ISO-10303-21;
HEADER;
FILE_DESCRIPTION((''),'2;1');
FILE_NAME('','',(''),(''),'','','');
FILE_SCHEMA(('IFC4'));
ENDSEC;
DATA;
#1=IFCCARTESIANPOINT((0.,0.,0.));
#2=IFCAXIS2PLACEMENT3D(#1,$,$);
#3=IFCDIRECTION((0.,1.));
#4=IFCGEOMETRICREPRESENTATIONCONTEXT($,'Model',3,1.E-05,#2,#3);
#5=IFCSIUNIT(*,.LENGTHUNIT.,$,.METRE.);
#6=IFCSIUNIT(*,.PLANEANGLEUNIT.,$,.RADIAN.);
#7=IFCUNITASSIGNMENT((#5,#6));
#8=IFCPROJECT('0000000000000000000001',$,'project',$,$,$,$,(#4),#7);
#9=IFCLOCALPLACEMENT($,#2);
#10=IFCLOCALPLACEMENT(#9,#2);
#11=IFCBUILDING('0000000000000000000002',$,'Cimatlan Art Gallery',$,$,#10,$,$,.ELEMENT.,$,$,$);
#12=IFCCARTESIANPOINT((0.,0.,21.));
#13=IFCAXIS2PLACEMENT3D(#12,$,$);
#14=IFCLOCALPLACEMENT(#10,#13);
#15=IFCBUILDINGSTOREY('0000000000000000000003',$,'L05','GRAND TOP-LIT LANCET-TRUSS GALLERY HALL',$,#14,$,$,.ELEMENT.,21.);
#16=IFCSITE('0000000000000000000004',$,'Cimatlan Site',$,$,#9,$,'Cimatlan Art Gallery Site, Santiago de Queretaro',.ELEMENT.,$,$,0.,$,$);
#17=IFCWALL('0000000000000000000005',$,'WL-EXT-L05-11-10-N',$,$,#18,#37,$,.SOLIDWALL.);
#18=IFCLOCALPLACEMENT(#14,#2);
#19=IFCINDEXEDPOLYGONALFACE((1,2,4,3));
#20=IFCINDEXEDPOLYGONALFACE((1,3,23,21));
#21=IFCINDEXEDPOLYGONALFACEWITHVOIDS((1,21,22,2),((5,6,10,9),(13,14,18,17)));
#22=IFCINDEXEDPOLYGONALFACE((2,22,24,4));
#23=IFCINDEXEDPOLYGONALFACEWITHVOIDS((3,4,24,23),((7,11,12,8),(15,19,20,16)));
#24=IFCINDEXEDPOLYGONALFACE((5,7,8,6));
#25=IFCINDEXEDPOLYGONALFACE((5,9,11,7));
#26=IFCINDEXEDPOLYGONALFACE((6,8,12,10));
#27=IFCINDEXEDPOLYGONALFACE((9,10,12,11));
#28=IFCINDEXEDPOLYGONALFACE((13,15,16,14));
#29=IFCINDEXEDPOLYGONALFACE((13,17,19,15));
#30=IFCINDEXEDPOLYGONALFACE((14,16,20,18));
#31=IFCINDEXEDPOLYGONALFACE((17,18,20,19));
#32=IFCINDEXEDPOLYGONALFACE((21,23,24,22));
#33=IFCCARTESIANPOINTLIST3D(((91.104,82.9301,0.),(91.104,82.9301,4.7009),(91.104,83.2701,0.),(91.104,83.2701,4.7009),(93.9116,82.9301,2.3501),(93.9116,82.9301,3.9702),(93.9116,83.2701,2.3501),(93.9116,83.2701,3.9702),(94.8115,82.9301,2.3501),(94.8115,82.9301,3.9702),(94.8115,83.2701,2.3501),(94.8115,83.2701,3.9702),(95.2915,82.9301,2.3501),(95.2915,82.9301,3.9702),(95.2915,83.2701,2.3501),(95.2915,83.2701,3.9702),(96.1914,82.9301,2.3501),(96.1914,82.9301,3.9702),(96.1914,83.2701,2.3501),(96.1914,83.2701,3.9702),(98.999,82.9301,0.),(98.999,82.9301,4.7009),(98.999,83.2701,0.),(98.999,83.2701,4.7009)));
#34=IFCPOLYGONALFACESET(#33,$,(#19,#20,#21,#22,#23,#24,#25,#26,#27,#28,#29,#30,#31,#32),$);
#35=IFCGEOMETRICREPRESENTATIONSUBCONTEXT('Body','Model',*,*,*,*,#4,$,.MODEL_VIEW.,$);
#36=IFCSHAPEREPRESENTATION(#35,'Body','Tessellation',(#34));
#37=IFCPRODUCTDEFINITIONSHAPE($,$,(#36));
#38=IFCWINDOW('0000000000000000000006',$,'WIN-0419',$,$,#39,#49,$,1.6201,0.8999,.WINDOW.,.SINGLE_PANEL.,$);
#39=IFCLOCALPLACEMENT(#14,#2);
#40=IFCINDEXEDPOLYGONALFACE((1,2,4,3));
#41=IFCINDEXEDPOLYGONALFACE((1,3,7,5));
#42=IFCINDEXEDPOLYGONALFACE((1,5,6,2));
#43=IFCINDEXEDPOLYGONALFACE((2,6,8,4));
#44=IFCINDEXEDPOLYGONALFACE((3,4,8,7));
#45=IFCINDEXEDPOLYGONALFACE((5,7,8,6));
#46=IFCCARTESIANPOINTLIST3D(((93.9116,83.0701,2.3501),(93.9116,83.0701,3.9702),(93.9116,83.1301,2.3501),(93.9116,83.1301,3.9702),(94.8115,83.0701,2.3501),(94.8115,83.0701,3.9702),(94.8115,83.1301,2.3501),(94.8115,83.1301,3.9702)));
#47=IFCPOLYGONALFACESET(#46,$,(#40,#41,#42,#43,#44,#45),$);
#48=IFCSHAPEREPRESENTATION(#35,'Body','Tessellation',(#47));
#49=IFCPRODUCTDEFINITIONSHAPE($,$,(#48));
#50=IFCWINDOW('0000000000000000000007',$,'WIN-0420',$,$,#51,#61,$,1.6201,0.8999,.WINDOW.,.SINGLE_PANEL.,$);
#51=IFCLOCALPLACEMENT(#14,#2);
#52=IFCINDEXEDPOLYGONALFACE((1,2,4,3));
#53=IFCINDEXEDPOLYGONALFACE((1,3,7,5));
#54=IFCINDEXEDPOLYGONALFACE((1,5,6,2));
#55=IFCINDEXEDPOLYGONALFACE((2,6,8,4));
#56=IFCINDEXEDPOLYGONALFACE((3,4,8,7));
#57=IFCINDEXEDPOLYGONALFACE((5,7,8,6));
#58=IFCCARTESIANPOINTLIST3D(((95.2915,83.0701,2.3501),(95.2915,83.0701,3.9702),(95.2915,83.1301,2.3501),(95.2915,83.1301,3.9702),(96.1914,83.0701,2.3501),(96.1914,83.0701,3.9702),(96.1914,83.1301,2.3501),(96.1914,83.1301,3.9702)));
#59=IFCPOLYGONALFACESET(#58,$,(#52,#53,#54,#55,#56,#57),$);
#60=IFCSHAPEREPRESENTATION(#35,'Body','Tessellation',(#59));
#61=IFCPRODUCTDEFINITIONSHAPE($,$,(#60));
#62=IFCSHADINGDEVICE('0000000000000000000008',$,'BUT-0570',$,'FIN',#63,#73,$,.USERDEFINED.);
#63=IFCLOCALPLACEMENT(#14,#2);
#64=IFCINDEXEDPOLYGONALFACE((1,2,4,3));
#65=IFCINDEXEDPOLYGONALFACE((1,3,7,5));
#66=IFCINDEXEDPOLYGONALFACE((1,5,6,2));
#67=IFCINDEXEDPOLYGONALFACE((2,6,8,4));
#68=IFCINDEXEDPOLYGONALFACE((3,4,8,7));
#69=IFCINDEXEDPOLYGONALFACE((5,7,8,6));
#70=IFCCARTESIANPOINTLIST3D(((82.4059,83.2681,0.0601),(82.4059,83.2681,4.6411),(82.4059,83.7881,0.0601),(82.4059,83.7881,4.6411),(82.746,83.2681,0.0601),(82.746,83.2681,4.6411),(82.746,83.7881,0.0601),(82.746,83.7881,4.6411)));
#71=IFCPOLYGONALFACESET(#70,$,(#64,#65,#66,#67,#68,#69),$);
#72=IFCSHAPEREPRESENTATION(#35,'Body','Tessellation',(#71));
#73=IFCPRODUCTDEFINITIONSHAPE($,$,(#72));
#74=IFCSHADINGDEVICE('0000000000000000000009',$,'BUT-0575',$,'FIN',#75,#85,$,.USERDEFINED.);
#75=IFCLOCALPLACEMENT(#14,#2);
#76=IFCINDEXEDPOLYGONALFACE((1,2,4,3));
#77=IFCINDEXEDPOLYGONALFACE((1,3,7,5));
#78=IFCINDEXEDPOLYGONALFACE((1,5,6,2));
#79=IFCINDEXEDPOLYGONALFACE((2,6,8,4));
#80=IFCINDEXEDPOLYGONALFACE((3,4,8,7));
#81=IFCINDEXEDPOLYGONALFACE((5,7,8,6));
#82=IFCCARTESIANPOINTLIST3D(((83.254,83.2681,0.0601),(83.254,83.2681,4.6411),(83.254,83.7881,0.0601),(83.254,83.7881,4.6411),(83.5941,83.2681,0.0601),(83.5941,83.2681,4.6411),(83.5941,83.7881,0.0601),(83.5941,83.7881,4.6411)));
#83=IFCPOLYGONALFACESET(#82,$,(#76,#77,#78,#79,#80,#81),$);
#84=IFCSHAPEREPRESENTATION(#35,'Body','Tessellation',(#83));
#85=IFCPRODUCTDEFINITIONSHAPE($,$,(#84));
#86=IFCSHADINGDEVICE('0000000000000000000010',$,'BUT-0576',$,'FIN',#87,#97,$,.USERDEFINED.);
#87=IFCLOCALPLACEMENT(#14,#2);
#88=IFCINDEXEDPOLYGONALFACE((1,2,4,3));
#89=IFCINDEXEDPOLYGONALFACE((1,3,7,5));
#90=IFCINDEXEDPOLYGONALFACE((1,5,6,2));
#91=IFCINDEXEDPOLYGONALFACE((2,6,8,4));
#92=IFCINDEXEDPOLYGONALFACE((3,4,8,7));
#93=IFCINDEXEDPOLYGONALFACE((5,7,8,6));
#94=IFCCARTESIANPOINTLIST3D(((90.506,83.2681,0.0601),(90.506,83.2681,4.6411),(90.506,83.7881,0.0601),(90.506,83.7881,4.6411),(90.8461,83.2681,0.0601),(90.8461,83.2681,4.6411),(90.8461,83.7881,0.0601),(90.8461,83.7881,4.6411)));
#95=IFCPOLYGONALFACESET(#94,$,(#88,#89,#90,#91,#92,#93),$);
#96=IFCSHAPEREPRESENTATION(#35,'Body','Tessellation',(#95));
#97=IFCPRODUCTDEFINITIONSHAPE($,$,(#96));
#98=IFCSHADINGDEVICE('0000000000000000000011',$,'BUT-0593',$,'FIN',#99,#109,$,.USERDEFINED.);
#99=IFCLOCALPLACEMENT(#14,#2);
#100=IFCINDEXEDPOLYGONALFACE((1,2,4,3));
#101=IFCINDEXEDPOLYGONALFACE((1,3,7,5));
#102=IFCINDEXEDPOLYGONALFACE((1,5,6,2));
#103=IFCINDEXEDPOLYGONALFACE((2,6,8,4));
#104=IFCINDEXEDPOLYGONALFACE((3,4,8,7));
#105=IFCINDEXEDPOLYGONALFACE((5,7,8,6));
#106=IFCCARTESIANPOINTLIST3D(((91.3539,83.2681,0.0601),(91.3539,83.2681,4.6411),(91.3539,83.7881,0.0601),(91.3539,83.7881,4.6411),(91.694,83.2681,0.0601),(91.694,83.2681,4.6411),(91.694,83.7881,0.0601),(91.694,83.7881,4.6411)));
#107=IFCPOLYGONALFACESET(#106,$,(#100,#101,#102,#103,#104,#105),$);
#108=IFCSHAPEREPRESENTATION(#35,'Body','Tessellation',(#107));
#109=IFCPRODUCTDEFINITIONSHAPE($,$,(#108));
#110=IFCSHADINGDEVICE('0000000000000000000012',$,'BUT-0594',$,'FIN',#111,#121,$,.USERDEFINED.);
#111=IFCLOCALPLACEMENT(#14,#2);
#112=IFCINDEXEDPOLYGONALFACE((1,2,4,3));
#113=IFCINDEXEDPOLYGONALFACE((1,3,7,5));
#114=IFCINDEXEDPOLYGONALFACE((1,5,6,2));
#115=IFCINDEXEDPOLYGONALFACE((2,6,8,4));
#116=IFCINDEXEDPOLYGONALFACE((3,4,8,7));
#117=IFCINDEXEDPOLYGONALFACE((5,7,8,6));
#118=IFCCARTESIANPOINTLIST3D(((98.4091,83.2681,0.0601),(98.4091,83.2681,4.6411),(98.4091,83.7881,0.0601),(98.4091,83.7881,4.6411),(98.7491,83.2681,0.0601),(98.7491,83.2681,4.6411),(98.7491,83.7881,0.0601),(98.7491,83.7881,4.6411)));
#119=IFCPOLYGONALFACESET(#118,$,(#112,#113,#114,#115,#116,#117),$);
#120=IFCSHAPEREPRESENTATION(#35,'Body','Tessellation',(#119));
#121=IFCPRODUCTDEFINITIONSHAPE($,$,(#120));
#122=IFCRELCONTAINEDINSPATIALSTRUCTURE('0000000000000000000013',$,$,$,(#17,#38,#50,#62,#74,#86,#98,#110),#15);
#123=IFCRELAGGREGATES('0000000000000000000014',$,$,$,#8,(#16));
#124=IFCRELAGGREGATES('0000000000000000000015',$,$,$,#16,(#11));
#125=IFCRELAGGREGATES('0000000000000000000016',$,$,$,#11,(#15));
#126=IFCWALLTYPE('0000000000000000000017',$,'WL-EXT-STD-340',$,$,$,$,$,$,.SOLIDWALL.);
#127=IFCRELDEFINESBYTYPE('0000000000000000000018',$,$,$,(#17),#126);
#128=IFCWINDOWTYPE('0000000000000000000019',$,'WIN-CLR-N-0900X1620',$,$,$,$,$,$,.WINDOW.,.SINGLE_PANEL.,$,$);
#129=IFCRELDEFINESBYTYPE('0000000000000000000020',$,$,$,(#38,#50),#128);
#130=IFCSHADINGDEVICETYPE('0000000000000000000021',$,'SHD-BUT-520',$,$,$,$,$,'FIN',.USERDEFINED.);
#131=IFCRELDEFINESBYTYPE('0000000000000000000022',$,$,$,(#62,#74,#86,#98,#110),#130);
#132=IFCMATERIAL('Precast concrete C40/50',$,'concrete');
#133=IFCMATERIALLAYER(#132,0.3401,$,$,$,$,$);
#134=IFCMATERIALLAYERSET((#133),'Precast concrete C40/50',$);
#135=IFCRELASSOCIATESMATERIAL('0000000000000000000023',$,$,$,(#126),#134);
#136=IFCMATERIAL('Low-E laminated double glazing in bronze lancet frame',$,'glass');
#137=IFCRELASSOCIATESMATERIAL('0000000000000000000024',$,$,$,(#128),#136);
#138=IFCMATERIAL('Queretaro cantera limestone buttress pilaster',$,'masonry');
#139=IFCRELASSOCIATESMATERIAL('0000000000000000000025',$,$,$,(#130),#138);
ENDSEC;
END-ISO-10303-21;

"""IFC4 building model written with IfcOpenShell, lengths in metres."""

from ifc_helpers import new_model, si_unit, direction, frame, frame_2d, origin, origin_2d, place, context, subcontext, project, spatial, rectangle, extrude, material, layer, layer_set, type_object, element, fill, save


model = new_model("IFC4")

# Units and contexts
model_context = context("Model", 3, precision=1e-05, world=origin(), true_north=direction((0.0, 1.0)))
body_context = subcontext(model_context, "Body", "Model", "MODEL_VIEW")
ifc_project = project(units=[si_unit("LENGTHUNIT", "METRE"), si_unit("PLANEANGLEUNIT", "RADIAN")], contexts=[model_context])

# Site, building, storey
site_placement = place(None, origin())
site = spatial("IfcSite", under=ifc_project, at=site_placement, Name="Cimatlan Site", LongName="Cimatlan Art Gallery Site, Santiago de Queretaro", CompositionType="ELEMENT", RefElevation=0.0)
building_placement = place(site_placement, origin())
building = spatial("IfcBuilding", under=site, at=building_placement, Name="Cimatlan Art Gallery", CompositionType="ELEMENT")
storey_placement = place(building_placement, frame((0.0, 0.0, 21.0)))
storey = spatial("IfcBuildingStorey", under=building, at=storey_placement, Name="L05", Description="GRAND TOP-LIT LANCET-TRUSS GALLERY HALL", CompositionType="ELEMENT", Elevation=21.0)

# Shared definitions
ifc_material_1 = material(Name="Precast concrete C40/50", Category="concrete")
ifc_layer_1 = layer(ifc_material_1, 0.3401)
ifc_layer_set_1 = layer_set([ifc_layer_1], Name="Precast concrete C40/50")
wall_type_1 = type_object("IfcWallType", Name="WL-EXT-STD-340", PredefinedType="SOLIDWALL", material=ifc_layer_set_1)
ifc_material_2 = material(Name="Low-E laminated double glazing in bronze lancet frame", Category="glass")
window_type_1 = type_object("IfcWindowType", Name="WIN-CLR-N-0900X1620", PartitioningType="SINGLE_PANEL", PredefinedType="WINDOW", material=ifc_material_2)

# Wall, openings, windows
wall_1_placement = place(storey_placement, frame((91.104, 83.1001, 0.0), z_axis=(0.0, 0.0, 1.0), x_axis=(1.0, 0.0, 0.0)))
wall_1 = element("IfcWall", 1, at=wall_1_placement, inside=storey, type_object=wall_type_1, Name="WL-EXT-L05-11-10-N", PredefinedType="SOLIDWALL", context=body_context, shape_type="SweptSolid", body=[
    extrude(rectangle(XDim=7.895, YDim=0.3401, at=frame_2d((3.9475, 0.0))), origin(), (0.0, 0.0, 1.0), 4.7009),
])
opening_1_placement = place(wall_1_placement, frame((2.8076, 0.0, 2.3501)))
opening_1 = element("IfcOpeningElement", 2, at=opening_1_placement, cuts=wall_1, PredefinedType="OPENING", context=body_context, shape_type="SweptSolid", body=[
    extrude(rectangle(XDim=0.8999, YDim=1.6201, at=frame_2d((0.45, 0.8101))), frame((0.0, 0.1802, 0.0), z_axis=(0.0, -1.0, 0.0), x_axis=(1.0, 0.0, 0.0)), (0.0, 0.0, 1.0), 0.3601),
])
opening_2_placement = place(wall_1_placement, frame((4.1875, 0.0, 2.3501)))
opening_2 = element("IfcOpeningElement", 3, at=opening_2_placement, cuts=wall_1, PredefinedType="OPENING", context=body_context, shape_type="SweptSolid", body=[
    extrude(rectangle(XDim=0.8999, YDim=1.6201, at=frame_2d((0.45, 0.8101))), frame((0.0, 0.1802, 0.0), z_axis=(0.0, -1.0, 0.0), x_axis=(1.0, 0.0, 0.0)), (0.0, 0.0, 1.0), 0.3601),
])
window_1_placement = place(opening_1_placement, origin())
window_1 = element("IfcWindow", 4, at=window_1_placement, inside=storey, type_object=window_type_1, Name="WIN-0419", OverallHeight=1.6201, OverallWidth=0.8999, PartitioningType="SINGLE_PANEL", PredefinedType="WINDOW", context=body_context, shape_type="SweptSolid", body=[
    extrude(rectangle(XDim=0.8999, YDim=1.6201, at=frame_2d((0.45, 0.8101))), frame((0.0, 0.03, 0.0), z_axis=(0.0, -1.0, 0.0), x_axis=(1.0, 0.0, 0.0)), (0.0, 0.0, 1.0), 0.0601),
])
fill(opening_1, window_1)
window_2_placement = place(opening_2_placement, origin())
window_2 = element("IfcWindow", 5, at=window_2_placement, inside=storey, type_object=window_type_1, Name="WIN-0420", OverallHeight=1.6201, OverallWidth=0.8999, PartitioningType="SINGLE_PANEL", PredefinedType="WINDOW", context=body_context, shape_type="SweptSolid", body=[
    extrude(rectangle(XDim=0.8999, YDim=1.6201, at=frame_2d((0.45, 0.8101))), frame((0.0, 0.03, 0.0), z_axis=(0.0, -1.0, 0.0), x_axis=(1.0, 0.0, 0.0)), (0.0, 0.0, 1.0), 0.0601),
])
fill(opening_2, window_2)

# Shading devices
ifc_material_3 = material(Name="Queretaro cantera limestone buttress pilaster", Category="masonry")
shading_device_type = type_object("IfcShadingDeviceType", Name="SHD-BUT-520", ElementType="FIN", PredefinedType="USERDEFINED", material=ifc_material_3)
for number, where, z_axis, x_axis, name in (
    (6, (82.5759, 83.5281, 0.0601), (0.0, 0.0, 1.0), (1.0, 0.0, 0.0), "BUT-0570"),
    (7, (83.4241, 83.5281, 0.0601), (0.0, 0.0, 1.0), (1.0, 0.0, 0.0), "BUT-0575"),
    (8, (90.676, 83.5281, 0.0601), (0.0, 0.0, 1.0), (1.0, 0.0, 0.0), "BUT-0576"),
    (9, (91.5239, 83.5281, 0.0601), (0.0, 0.0, 1.0), (1.0, 0.0, 0.0), "BUT-0593"),
    (10, (98.5791, 83.5281, 0.0601), (0.0, 0.0, 1.0), (1.0, 0.0, 0.0), "BUT-0594"),
):
    element("IfcShadingDevice", number, at=place(storey_placement, frame(where, z_axis=z_axis, x_axis=x_axis)), inside=storey, type_object=shading_device_type, Name=name, ObjectType="FIN", PredefinedType="USERDEFINED", context=body_context, shape_type="SweptSolid", body=[
        extrude(rectangle(XDim=0.3401, YDim=0.52, at=origin_2d()), origin(), (0.0, 0.0, 1.0), 4.5811),
    ])

save(model, "model.ifc")
